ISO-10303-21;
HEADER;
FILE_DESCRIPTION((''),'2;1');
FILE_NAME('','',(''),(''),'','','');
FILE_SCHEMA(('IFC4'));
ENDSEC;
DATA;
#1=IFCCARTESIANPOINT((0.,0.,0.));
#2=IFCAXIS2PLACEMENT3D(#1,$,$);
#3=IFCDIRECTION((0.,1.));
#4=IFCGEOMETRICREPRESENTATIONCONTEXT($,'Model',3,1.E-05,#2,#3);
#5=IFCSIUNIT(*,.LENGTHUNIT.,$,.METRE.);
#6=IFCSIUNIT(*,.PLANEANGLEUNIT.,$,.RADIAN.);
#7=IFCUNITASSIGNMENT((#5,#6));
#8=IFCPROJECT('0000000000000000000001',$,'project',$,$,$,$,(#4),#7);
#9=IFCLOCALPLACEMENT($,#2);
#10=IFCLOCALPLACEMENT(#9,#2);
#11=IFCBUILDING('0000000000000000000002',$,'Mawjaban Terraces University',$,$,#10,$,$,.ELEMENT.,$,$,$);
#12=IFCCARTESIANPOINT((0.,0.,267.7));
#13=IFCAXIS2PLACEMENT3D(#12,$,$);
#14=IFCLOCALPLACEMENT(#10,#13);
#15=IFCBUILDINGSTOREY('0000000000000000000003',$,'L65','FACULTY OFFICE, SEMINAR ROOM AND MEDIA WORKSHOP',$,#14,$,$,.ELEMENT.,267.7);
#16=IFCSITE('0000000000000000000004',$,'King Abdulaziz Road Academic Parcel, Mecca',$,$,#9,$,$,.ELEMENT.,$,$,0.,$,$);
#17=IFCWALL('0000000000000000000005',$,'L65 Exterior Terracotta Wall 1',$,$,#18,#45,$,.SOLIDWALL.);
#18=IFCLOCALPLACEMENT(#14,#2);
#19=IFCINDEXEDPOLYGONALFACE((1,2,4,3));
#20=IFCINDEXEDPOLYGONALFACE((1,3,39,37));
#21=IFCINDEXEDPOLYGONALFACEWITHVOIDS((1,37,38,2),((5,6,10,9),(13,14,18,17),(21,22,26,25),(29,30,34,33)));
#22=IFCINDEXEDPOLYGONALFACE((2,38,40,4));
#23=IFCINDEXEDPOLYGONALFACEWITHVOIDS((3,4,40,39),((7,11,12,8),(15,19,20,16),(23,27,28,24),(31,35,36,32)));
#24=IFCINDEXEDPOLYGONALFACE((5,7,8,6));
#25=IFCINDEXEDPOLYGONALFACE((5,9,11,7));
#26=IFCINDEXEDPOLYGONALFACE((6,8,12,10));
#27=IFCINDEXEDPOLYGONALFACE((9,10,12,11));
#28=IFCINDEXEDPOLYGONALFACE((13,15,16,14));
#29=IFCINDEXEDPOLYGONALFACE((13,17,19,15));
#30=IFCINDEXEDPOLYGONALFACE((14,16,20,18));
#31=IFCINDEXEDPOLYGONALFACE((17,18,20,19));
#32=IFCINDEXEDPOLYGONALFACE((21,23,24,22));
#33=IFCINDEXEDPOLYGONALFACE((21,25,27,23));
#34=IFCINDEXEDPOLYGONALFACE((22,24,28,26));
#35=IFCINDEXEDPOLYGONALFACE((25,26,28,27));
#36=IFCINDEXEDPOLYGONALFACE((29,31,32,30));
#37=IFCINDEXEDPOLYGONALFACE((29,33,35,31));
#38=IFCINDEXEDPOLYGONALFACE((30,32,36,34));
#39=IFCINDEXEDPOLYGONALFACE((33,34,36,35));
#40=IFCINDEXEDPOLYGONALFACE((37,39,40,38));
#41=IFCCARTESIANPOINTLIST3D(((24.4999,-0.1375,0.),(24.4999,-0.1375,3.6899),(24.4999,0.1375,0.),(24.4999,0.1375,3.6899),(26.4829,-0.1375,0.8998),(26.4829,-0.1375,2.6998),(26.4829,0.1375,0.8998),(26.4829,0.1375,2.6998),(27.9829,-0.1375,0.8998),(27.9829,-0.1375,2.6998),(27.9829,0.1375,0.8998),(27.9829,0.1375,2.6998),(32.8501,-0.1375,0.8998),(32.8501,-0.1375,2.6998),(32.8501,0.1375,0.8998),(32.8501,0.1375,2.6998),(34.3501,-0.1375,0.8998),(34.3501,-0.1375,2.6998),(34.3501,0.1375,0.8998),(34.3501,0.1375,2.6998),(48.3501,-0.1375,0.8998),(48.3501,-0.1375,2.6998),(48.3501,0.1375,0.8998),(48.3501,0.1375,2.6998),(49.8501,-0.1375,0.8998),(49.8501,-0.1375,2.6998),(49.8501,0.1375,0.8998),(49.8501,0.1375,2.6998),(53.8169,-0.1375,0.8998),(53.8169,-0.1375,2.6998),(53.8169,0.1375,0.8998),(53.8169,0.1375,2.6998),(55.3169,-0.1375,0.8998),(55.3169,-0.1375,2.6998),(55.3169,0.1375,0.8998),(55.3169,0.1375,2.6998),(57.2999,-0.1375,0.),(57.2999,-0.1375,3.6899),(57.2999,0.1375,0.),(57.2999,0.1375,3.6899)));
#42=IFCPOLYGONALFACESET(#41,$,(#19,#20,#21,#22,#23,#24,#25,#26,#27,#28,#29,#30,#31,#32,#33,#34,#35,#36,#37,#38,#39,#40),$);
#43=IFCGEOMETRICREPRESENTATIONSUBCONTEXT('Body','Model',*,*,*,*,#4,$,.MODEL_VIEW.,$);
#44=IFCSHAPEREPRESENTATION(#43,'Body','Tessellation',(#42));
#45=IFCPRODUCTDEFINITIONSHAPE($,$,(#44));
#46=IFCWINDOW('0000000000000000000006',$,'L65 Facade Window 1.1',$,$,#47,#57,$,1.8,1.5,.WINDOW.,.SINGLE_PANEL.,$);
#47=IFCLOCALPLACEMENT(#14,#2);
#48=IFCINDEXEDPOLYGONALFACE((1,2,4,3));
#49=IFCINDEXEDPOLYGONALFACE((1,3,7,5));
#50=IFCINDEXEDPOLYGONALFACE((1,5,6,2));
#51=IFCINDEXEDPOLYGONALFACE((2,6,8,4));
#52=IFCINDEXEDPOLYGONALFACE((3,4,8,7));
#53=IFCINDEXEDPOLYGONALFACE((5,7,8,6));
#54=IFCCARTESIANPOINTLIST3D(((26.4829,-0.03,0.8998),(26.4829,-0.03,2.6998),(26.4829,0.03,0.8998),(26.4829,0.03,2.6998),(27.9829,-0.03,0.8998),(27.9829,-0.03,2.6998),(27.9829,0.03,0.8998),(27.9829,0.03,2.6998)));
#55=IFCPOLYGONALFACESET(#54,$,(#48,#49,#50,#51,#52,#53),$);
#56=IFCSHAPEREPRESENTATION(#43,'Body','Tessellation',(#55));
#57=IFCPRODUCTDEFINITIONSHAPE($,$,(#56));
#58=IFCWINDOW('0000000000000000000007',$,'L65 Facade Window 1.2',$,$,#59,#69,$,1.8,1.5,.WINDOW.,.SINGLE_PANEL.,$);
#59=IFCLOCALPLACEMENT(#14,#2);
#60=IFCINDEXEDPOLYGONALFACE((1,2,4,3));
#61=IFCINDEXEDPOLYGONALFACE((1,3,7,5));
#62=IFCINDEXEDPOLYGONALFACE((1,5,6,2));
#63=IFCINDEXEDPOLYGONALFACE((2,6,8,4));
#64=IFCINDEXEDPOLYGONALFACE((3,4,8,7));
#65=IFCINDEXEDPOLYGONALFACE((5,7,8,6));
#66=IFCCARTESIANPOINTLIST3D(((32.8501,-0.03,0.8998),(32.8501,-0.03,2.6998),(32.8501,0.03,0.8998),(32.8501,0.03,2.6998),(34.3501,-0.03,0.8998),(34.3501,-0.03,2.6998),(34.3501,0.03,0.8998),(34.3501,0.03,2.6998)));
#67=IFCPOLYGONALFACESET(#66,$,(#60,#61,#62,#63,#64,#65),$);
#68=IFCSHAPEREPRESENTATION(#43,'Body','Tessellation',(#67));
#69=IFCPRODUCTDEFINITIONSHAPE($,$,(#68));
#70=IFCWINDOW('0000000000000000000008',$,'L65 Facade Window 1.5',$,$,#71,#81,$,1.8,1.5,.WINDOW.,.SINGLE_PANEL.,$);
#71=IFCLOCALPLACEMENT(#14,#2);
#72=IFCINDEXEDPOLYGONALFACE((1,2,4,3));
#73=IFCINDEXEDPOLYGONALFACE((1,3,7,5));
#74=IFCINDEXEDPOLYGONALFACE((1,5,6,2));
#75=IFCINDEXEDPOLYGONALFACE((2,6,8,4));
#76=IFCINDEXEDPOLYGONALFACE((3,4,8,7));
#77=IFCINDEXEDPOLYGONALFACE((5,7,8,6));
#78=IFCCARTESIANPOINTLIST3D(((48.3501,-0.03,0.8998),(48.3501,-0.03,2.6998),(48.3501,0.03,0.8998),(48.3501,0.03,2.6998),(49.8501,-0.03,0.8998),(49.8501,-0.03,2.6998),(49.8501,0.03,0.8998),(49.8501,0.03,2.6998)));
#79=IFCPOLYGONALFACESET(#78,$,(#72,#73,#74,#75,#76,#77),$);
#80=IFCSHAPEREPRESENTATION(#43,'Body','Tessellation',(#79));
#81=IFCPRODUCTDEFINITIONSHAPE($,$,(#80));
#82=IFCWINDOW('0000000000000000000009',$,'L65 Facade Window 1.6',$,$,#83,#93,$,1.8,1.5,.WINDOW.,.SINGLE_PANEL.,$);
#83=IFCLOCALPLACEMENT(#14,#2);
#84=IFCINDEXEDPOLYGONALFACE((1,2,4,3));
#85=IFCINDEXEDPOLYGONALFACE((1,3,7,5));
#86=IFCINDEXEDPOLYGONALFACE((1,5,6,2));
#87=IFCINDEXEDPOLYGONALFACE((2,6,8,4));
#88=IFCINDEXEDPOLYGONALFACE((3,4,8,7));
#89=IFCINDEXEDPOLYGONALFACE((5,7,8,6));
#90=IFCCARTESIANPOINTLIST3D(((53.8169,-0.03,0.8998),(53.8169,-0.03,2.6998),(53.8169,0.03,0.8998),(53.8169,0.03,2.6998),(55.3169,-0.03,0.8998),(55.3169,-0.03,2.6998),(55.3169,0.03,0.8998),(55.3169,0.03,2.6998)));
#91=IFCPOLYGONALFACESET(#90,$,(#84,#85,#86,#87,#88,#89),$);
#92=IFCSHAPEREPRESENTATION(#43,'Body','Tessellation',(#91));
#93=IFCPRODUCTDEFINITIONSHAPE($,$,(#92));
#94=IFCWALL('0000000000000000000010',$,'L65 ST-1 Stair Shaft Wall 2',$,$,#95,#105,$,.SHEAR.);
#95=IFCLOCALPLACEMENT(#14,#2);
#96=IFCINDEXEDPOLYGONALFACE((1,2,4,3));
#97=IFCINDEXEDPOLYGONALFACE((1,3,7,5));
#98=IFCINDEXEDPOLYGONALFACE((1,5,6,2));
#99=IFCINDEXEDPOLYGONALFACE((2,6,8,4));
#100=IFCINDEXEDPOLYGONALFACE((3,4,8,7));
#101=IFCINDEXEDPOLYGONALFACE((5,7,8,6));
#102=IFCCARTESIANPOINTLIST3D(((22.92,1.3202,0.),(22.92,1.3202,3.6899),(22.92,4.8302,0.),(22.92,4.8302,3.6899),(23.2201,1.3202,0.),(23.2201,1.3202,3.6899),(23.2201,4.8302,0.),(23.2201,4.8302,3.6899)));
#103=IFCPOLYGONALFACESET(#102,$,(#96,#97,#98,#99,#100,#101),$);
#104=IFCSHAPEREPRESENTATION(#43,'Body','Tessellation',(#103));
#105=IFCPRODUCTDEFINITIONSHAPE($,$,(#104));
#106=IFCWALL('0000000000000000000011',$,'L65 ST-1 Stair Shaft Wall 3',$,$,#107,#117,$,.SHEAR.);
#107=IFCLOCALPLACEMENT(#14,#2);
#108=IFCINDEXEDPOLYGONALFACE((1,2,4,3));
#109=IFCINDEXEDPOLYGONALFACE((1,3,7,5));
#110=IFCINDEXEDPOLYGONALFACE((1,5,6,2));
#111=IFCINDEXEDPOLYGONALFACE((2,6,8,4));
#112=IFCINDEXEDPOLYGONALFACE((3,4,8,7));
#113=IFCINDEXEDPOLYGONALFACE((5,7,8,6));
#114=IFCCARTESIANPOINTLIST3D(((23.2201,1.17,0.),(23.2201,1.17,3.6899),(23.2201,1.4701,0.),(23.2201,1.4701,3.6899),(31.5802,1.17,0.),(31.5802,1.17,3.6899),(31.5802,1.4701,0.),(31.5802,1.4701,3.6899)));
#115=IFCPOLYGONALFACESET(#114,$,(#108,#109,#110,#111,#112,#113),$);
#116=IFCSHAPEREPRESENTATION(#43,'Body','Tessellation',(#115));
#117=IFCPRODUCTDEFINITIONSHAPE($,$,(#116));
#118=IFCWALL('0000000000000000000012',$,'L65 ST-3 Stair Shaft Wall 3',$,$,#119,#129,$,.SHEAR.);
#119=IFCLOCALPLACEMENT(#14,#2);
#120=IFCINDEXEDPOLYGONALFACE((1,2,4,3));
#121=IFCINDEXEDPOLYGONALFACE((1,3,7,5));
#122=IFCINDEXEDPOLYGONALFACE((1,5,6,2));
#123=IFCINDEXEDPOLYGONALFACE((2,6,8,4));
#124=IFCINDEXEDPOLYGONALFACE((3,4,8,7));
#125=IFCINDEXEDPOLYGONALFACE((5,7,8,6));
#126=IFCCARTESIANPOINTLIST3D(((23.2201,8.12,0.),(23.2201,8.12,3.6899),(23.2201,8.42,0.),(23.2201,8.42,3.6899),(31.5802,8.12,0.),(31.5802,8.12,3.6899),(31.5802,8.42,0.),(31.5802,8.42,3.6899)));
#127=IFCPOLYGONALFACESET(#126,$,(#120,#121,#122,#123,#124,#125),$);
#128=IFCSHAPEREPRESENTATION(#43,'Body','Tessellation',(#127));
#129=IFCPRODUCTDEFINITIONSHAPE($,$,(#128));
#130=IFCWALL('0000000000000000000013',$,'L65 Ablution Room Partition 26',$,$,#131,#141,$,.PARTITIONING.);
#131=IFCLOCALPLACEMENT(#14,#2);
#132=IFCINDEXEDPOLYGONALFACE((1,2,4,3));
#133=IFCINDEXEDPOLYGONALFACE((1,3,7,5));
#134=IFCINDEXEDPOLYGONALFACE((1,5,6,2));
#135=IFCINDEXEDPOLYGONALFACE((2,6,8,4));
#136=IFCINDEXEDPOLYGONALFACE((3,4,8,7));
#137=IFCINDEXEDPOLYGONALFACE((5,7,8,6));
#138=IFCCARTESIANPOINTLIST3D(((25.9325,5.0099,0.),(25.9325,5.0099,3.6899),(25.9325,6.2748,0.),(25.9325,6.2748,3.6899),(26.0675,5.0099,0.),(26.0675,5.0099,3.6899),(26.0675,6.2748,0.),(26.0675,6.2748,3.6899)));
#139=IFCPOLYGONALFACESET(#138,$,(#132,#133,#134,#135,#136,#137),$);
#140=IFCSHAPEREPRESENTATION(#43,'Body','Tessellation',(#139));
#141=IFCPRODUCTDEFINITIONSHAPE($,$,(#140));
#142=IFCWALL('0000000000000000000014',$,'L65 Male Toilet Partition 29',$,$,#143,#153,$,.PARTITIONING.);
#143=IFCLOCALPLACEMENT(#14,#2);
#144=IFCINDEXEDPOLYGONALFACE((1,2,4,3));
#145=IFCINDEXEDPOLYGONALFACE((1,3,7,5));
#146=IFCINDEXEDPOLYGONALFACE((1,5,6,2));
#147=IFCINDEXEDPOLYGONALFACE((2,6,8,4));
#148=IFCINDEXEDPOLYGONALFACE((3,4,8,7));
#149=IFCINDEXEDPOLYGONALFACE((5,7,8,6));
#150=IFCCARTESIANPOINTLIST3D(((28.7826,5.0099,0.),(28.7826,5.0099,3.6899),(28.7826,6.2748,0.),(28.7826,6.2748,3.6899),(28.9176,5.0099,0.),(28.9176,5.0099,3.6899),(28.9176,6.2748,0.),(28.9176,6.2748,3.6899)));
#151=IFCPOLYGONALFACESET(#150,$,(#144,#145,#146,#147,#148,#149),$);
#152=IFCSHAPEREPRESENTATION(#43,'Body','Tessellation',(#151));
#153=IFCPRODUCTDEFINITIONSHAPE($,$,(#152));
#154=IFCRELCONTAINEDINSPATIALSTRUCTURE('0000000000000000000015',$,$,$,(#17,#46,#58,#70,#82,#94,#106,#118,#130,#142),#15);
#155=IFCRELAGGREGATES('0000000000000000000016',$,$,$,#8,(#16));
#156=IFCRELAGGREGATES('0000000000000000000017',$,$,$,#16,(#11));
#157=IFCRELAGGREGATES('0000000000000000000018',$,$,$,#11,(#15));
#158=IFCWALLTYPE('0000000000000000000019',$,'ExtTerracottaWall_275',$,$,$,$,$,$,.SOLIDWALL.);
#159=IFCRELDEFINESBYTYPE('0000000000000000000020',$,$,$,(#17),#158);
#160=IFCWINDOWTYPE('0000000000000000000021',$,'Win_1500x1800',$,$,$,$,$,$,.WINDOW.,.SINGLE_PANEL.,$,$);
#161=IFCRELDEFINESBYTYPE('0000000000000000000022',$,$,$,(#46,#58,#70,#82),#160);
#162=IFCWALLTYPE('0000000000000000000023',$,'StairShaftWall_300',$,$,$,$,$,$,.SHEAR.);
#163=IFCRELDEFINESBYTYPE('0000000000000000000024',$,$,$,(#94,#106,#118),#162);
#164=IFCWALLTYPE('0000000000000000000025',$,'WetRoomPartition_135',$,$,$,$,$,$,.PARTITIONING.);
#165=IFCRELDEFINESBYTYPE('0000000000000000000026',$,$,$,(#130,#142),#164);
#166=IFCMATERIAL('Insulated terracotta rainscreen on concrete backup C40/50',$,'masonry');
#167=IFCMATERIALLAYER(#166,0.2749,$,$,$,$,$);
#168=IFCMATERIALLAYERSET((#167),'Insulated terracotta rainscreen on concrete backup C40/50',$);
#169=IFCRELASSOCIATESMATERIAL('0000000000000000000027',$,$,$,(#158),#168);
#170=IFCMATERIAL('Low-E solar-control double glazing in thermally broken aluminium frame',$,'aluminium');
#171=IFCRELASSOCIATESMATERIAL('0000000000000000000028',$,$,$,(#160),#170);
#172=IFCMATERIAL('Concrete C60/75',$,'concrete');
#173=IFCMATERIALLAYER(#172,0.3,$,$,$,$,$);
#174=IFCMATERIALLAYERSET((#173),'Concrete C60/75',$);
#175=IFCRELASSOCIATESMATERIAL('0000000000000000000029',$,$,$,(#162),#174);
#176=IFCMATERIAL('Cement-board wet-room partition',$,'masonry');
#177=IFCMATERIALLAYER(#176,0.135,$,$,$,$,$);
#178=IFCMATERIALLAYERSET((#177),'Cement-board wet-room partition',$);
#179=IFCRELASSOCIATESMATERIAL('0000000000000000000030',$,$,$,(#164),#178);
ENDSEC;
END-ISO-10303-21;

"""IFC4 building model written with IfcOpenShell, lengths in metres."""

from ifc_helpers import new_model, si_unit, direction, frame, frame_2d, origin, place, context, subcontext, project, spatial, rectangle, extrude, material, layer, layer_set, type_object, element, fill, save


model = new_model("IFC4")

# Units and contexts
model_context = context("Model", 3, precision=1e-05, world=origin(), true_north=direction((0.0, 1.0)))
body_context = subcontext(model_context, "Body", "Model", "MODEL_VIEW")
ifc_project = project(units=[si_unit("LENGTHUNIT", "METRE"), si_unit("PLANEANGLEUNIT", "RADIAN")], contexts=[model_context])

# Site, building, storey
site_placement = place(None, origin())
site = spatial("IfcSite", under=ifc_project, at=site_placement, Name="King Abdulaziz Road Academic Parcel, Mecca", CompositionType="ELEMENT", RefElevation=0.0)
building_placement = place(site_placement, origin())
building = spatial("IfcBuilding", under=site, at=building_placement, Name="Mawjaban Terraces University", CompositionType="ELEMENT")
storey_placement = place(building_placement, frame((0.0, 0.0, 267.7)))
storey = spatial("IfcBuildingStorey", under=building, at=storey_placement, Name="L65", Description="FACULTY OFFICE, SEMINAR ROOM AND MEDIA WORKSHOP", CompositionType="ELEMENT", Elevation=267.7)

# Wall, openings, windows
ifc_material_1 = material(Name="Insulated terracotta rainscreen on concrete backup C40/50", Category="masonry")
ifc_layer_1 = layer(ifc_material_1, 0.2749)
ifc_layer_set_1 = layer_set([ifc_layer_1], Name="Insulated terracotta rainscreen on concrete backup C40/50")
wall_type_1 = type_object("IfcWallType", Name="ExtTerracottaWall_275", PredefinedType="SOLIDWALL", material=ifc_layer_set_1)
wall_1_placement = place(storey_placement, frame((24.5, 0.0, 0.0), z_axis=(0.0, 0.0, 1.0), x_axis=(1.0, 0.0, 0.0)))
wall_1 = element("IfcWall", 1, at=wall_1_placement, inside=storey, type_object=wall_type_1, Name="L65 Exterior Terracotta Wall 1", PredefinedType="SOLIDWALL", context=body_context, shape_type="SweptSolid", body=[
    extrude(rectangle(XDim=32.8, YDim=0.2749, at=frame_2d((16.3999, 0.0))), origin(), (0.0, 0.0, 1.0), 3.6899),
])
opening_1_placement = place(wall_1_placement, frame((1.9829, 0.0, 0.8999)))
opening_1 = element("IfcOpeningElement", 2, at=opening_1_placement, cuts=wall_1, PredefinedType="OPENING", context=body_context, shape_type="SweptSolid", body=[
    extrude(rectangle(XDim=1.5, YDim=1.8, at=frame_2d((0.75, 0.8999))), frame((0.0, 0.1475, 0.0), z_axis=(0.0, -1.0, 0.0), x_axis=(1.0, 0.0, 0.0)), (0.0, 0.0, 1.0), 0.2949),
])
opening_2_placement = place(wall_1_placement, frame((8.3501, 0.0, 0.8999)))
opening_2 = element("IfcOpeningElement", 3, at=opening_2_placement, cuts=wall_1, PredefinedType="OPENING", context=body_context, shape_type="SweptSolid", body=[
    extrude(rectangle(XDim=1.5, YDim=1.8, at=frame_2d((0.75, 0.8999))), frame((0.0, 0.1475, 0.0), z_axis=(0.0, -1.0, 0.0), x_axis=(1.0, 0.0, 0.0)), (0.0, 0.0, 1.0), 0.2949),
])
opening_3_placement = place(wall_1_placement, frame((23.8501, 0.0, 0.8999)))
opening_3 = element("IfcOpeningElement", 4, at=opening_3_placement, cuts=wall_1, PredefinedType="OPENING", context=body_context, shape_type="SweptSolid", body=[
    extrude(rectangle(XDim=1.5, YDim=1.8, at=frame_2d((0.75, 0.8999))), frame((0.0, 0.1475, 0.0), z_axis=(0.0, -1.0, 0.0), x_axis=(1.0, 0.0, 0.0)), (0.0, 0.0, 1.0), 0.2949),
])
opening_4_placement = place(wall_1_placement, frame((29.3169, 0.0, 0.8999)))
opening_4 = element("IfcOpeningElement", 5, at=opening_4_placement, cuts=wall_1, PredefinedType="OPENING", context=body_context, shape_type="SweptSolid", body=[
    extrude(rectangle(XDim=1.5, YDim=1.8, at=frame_2d((0.75, 0.8999))), frame((0.0, 0.1475, 0.0), z_axis=(0.0, -1.0, 0.0), x_axis=(1.0, 0.0, 0.0)), (0.0, 0.0, 1.0), 0.2949),
])
ifc_material_2 = material(Name="Low-E solar-control double glazing in thermally broken aluminium frame", Category="aluminium")
window_type = type_object("IfcWindowType", Name="Win_1500x1800", PartitioningType="SINGLE_PANEL", PredefinedType="WINDOW", material=ifc_material_2)
window_1_placement = place(opening_1_placement, origin())
window_1 = element("IfcWindow", 6, at=window_1_placement, inside=storey, type_object=window_type, Name="L65 Facade Window 1.1", OverallHeight=1.8, OverallWidth=1.5, PartitioningType="SINGLE_PANEL", PredefinedType="WINDOW", context=body_context, shape_type="SweptSolid", body=[
    extrude(rectangle(XDim=1.5, YDim=1.8, at=frame_2d((0.75, 0.8999))), frame((0.0, 0.03, 0.0), z_axis=(0.0, -1.0, 0.0), x_axis=(1.0, 0.0, 0.0)), (0.0, 0.0, 1.0), 0.0601),
])
fill(opening_1, window_1)
window_2_placement = place(opening_2_placement, origin())
window_2 = element("IfcWindow", 7, at=window_2_placement, inside=storey, type_object=window_type, Name="L65 Facade Window 1.2", OverallHeight=1.8, OverallWidth=1.5, PartitioningType="SINGLE_PANEL", PredefinedType="WINDOW", context=body_context, shape_type="SweptSolid", body=[
    extrude(rectangle(XDim=1.5, YDim=1.8, at=frame_2d((0.75, 0.8999))), frame((0.0, 0.03, 0.0), z_axis=(0.0, -1.0, 0.0), x_axis=(1.0, 0.0, 0.0)), (0.0, 0.0, 1.0), 0.0601),
])
fill(opening_2, window_2)
window_3_placement = place(opening_3_placement, origin())
window_3 = element("IfcWindow", 8, at=window_3_placement, inside=storey, type_object=window_type, Name="L65 Facade Window 1.5", OverallHeight=1.8, OverallWidth=1.5, PartitioningType="SINGLE_PANEL", PredefinedType="WINDOW", context=body_context, shape_type="SweptSolid", body=[
    extrude(rectangle(XDim=1.5, YDim=1.8, at=frame_2d((0.75, 0.8999))), frame((0.0, 0.03, 0.0), z_axis=(0.0, -1.0, 0.0), x_axis=(1.0, 0.0, 0.0)), (0.0, 0.0, 1.0), 0.0601),
])
fill(opening_3, window_3)
window_4_placement = place(opening_4_placement, origin())
window_4 = element("IfcWindow", 9, at=window_4_placement, inside=storey, type_object=window_type, Name="L65 Facade Window 1.6", OverallHeight=1.8, OverallWidth=1.5, PartitioningType="SINGLE_PANEL", PredefinedType="WINDOW", context=body_context, shape_type="SweptSolid", body=[
    extrude(rectangle(XDim=1.5, YDim=1.8, at=frame_2d((0.75, 0.8999))), frame((0.0, 0.03, 0.0), z_axis=(0.0, -1.0, 0.0), x_axis=(1.0, 0.0, 0.0)), (0.0, 0.0, 1.0), 0.0601),
])
fill(opening_4, window_4)

# Walls
ifc_material_3 = material(Name="Concrete C60/75", Category="concrete")
ifc_layer_2 = layer(ifc_material_3, 0.3)
ifc_layer_set_2 = layer_set([ifc_layer_2], Name="Concrete C60/75")
wall_type_2 = type_object("IfcWallType", Name="StairShaftWall_300", PredefinedType="SHEAR", material=ifc_layer_set_2)
wall_2_placement = place(storey_placement, frame((23.0701, 4.8301, 0.0), z_axis=(0.0, 0.0, 1.0), x_axis=(0.0, -1.0, 0.0)))
element("IfcWall", 10, at=wall_2_placement, inside=storey, type_object=wall_type_2, Name="L65 ST-1 Stair Shaft Wall 2", PredefinedType="SHEAR", context=body_context, shape_type="SweptSolid", body=[
    extrude(rectangle(XDim=3.51, YDim=0.3, at=frame_2d((1.7549, 0.0))), origin(), (0.0, 0.0, 1.0), 3.6899),
])
for number, where, z_axis, x_axis, name in (
    (11, (23.22, 1.3201, 0.0), (0.0, 0.0, 1.0), (1.0, 0.0, 0.0), "L65 ST-1 Stair Shaft Wall 3"),
    (12, (23.22, 8.27, 0.0), (0.0, 0.0, 1.0), (1.0, 0.0, 0.0), "L65 ST-3 Stair Shaft Wall 3"),
):
    element("IfcWall", number, at=place(storey_placement, frame(where, z_axis=z_axis, x_axis=x_axis)), inside=storey, type_object=wall_type_2, Name=name, PredefinedType="SHEAR", context=body_context, shape_type="SweptSolid", body=[
        extrude(rectangle(XDim=8.3601, YDim=0.3, at=frame_2d((4.1802, 0.0))), origin(), (0.0, 0.0, 1.0), 3.6899),
    ])
ifc_material_4 = material(Name="Cement-board wet-room partition", Category="masonry")
ifc_layer_3 = layer(ifc_material_4, 0.135)
ifc_layer_set_3 = layer_set([ifc_layer_3], Name="Cement-board wet-room partition")
wall_type_3 = type_object("IfcWallType", Name="WetRoomPartition_135", PredefinedType="PARTITIONING", material=ifc_layer_set_3)
for number, where, z_axis, x_axis, name in (
    (13, (26.0, 5.01, 0.0), (0.0, 0.0, 1.0), (0.0, 1.0, 0.0), "L65 Ablution Room Partition 26"),
    (14, (28.8501, 5.01, 0.0), (0.0, 0.0, 1.0), (0.0, 1.0, 0.0), "L65 Male Toilet Partition 29"),
):
    element("IfcWall", number, at=place(storey_placement, frame(where, z_axis=z_axis, x_axis=x_axis)), inside=storey, type_object=wall_type_3, Name=name, PredefinedType="PARTITIONING", context=body_context, shape_type="SweptSolid", body=[
        extrude(rectangle(XDim=1.2649, YDim=0.135, at=frame_2d((0.6323, 0.0))), origin(), (0.0, 0.0, 1.0), 3.6899),
    ])

save(model, "model.ifc")
